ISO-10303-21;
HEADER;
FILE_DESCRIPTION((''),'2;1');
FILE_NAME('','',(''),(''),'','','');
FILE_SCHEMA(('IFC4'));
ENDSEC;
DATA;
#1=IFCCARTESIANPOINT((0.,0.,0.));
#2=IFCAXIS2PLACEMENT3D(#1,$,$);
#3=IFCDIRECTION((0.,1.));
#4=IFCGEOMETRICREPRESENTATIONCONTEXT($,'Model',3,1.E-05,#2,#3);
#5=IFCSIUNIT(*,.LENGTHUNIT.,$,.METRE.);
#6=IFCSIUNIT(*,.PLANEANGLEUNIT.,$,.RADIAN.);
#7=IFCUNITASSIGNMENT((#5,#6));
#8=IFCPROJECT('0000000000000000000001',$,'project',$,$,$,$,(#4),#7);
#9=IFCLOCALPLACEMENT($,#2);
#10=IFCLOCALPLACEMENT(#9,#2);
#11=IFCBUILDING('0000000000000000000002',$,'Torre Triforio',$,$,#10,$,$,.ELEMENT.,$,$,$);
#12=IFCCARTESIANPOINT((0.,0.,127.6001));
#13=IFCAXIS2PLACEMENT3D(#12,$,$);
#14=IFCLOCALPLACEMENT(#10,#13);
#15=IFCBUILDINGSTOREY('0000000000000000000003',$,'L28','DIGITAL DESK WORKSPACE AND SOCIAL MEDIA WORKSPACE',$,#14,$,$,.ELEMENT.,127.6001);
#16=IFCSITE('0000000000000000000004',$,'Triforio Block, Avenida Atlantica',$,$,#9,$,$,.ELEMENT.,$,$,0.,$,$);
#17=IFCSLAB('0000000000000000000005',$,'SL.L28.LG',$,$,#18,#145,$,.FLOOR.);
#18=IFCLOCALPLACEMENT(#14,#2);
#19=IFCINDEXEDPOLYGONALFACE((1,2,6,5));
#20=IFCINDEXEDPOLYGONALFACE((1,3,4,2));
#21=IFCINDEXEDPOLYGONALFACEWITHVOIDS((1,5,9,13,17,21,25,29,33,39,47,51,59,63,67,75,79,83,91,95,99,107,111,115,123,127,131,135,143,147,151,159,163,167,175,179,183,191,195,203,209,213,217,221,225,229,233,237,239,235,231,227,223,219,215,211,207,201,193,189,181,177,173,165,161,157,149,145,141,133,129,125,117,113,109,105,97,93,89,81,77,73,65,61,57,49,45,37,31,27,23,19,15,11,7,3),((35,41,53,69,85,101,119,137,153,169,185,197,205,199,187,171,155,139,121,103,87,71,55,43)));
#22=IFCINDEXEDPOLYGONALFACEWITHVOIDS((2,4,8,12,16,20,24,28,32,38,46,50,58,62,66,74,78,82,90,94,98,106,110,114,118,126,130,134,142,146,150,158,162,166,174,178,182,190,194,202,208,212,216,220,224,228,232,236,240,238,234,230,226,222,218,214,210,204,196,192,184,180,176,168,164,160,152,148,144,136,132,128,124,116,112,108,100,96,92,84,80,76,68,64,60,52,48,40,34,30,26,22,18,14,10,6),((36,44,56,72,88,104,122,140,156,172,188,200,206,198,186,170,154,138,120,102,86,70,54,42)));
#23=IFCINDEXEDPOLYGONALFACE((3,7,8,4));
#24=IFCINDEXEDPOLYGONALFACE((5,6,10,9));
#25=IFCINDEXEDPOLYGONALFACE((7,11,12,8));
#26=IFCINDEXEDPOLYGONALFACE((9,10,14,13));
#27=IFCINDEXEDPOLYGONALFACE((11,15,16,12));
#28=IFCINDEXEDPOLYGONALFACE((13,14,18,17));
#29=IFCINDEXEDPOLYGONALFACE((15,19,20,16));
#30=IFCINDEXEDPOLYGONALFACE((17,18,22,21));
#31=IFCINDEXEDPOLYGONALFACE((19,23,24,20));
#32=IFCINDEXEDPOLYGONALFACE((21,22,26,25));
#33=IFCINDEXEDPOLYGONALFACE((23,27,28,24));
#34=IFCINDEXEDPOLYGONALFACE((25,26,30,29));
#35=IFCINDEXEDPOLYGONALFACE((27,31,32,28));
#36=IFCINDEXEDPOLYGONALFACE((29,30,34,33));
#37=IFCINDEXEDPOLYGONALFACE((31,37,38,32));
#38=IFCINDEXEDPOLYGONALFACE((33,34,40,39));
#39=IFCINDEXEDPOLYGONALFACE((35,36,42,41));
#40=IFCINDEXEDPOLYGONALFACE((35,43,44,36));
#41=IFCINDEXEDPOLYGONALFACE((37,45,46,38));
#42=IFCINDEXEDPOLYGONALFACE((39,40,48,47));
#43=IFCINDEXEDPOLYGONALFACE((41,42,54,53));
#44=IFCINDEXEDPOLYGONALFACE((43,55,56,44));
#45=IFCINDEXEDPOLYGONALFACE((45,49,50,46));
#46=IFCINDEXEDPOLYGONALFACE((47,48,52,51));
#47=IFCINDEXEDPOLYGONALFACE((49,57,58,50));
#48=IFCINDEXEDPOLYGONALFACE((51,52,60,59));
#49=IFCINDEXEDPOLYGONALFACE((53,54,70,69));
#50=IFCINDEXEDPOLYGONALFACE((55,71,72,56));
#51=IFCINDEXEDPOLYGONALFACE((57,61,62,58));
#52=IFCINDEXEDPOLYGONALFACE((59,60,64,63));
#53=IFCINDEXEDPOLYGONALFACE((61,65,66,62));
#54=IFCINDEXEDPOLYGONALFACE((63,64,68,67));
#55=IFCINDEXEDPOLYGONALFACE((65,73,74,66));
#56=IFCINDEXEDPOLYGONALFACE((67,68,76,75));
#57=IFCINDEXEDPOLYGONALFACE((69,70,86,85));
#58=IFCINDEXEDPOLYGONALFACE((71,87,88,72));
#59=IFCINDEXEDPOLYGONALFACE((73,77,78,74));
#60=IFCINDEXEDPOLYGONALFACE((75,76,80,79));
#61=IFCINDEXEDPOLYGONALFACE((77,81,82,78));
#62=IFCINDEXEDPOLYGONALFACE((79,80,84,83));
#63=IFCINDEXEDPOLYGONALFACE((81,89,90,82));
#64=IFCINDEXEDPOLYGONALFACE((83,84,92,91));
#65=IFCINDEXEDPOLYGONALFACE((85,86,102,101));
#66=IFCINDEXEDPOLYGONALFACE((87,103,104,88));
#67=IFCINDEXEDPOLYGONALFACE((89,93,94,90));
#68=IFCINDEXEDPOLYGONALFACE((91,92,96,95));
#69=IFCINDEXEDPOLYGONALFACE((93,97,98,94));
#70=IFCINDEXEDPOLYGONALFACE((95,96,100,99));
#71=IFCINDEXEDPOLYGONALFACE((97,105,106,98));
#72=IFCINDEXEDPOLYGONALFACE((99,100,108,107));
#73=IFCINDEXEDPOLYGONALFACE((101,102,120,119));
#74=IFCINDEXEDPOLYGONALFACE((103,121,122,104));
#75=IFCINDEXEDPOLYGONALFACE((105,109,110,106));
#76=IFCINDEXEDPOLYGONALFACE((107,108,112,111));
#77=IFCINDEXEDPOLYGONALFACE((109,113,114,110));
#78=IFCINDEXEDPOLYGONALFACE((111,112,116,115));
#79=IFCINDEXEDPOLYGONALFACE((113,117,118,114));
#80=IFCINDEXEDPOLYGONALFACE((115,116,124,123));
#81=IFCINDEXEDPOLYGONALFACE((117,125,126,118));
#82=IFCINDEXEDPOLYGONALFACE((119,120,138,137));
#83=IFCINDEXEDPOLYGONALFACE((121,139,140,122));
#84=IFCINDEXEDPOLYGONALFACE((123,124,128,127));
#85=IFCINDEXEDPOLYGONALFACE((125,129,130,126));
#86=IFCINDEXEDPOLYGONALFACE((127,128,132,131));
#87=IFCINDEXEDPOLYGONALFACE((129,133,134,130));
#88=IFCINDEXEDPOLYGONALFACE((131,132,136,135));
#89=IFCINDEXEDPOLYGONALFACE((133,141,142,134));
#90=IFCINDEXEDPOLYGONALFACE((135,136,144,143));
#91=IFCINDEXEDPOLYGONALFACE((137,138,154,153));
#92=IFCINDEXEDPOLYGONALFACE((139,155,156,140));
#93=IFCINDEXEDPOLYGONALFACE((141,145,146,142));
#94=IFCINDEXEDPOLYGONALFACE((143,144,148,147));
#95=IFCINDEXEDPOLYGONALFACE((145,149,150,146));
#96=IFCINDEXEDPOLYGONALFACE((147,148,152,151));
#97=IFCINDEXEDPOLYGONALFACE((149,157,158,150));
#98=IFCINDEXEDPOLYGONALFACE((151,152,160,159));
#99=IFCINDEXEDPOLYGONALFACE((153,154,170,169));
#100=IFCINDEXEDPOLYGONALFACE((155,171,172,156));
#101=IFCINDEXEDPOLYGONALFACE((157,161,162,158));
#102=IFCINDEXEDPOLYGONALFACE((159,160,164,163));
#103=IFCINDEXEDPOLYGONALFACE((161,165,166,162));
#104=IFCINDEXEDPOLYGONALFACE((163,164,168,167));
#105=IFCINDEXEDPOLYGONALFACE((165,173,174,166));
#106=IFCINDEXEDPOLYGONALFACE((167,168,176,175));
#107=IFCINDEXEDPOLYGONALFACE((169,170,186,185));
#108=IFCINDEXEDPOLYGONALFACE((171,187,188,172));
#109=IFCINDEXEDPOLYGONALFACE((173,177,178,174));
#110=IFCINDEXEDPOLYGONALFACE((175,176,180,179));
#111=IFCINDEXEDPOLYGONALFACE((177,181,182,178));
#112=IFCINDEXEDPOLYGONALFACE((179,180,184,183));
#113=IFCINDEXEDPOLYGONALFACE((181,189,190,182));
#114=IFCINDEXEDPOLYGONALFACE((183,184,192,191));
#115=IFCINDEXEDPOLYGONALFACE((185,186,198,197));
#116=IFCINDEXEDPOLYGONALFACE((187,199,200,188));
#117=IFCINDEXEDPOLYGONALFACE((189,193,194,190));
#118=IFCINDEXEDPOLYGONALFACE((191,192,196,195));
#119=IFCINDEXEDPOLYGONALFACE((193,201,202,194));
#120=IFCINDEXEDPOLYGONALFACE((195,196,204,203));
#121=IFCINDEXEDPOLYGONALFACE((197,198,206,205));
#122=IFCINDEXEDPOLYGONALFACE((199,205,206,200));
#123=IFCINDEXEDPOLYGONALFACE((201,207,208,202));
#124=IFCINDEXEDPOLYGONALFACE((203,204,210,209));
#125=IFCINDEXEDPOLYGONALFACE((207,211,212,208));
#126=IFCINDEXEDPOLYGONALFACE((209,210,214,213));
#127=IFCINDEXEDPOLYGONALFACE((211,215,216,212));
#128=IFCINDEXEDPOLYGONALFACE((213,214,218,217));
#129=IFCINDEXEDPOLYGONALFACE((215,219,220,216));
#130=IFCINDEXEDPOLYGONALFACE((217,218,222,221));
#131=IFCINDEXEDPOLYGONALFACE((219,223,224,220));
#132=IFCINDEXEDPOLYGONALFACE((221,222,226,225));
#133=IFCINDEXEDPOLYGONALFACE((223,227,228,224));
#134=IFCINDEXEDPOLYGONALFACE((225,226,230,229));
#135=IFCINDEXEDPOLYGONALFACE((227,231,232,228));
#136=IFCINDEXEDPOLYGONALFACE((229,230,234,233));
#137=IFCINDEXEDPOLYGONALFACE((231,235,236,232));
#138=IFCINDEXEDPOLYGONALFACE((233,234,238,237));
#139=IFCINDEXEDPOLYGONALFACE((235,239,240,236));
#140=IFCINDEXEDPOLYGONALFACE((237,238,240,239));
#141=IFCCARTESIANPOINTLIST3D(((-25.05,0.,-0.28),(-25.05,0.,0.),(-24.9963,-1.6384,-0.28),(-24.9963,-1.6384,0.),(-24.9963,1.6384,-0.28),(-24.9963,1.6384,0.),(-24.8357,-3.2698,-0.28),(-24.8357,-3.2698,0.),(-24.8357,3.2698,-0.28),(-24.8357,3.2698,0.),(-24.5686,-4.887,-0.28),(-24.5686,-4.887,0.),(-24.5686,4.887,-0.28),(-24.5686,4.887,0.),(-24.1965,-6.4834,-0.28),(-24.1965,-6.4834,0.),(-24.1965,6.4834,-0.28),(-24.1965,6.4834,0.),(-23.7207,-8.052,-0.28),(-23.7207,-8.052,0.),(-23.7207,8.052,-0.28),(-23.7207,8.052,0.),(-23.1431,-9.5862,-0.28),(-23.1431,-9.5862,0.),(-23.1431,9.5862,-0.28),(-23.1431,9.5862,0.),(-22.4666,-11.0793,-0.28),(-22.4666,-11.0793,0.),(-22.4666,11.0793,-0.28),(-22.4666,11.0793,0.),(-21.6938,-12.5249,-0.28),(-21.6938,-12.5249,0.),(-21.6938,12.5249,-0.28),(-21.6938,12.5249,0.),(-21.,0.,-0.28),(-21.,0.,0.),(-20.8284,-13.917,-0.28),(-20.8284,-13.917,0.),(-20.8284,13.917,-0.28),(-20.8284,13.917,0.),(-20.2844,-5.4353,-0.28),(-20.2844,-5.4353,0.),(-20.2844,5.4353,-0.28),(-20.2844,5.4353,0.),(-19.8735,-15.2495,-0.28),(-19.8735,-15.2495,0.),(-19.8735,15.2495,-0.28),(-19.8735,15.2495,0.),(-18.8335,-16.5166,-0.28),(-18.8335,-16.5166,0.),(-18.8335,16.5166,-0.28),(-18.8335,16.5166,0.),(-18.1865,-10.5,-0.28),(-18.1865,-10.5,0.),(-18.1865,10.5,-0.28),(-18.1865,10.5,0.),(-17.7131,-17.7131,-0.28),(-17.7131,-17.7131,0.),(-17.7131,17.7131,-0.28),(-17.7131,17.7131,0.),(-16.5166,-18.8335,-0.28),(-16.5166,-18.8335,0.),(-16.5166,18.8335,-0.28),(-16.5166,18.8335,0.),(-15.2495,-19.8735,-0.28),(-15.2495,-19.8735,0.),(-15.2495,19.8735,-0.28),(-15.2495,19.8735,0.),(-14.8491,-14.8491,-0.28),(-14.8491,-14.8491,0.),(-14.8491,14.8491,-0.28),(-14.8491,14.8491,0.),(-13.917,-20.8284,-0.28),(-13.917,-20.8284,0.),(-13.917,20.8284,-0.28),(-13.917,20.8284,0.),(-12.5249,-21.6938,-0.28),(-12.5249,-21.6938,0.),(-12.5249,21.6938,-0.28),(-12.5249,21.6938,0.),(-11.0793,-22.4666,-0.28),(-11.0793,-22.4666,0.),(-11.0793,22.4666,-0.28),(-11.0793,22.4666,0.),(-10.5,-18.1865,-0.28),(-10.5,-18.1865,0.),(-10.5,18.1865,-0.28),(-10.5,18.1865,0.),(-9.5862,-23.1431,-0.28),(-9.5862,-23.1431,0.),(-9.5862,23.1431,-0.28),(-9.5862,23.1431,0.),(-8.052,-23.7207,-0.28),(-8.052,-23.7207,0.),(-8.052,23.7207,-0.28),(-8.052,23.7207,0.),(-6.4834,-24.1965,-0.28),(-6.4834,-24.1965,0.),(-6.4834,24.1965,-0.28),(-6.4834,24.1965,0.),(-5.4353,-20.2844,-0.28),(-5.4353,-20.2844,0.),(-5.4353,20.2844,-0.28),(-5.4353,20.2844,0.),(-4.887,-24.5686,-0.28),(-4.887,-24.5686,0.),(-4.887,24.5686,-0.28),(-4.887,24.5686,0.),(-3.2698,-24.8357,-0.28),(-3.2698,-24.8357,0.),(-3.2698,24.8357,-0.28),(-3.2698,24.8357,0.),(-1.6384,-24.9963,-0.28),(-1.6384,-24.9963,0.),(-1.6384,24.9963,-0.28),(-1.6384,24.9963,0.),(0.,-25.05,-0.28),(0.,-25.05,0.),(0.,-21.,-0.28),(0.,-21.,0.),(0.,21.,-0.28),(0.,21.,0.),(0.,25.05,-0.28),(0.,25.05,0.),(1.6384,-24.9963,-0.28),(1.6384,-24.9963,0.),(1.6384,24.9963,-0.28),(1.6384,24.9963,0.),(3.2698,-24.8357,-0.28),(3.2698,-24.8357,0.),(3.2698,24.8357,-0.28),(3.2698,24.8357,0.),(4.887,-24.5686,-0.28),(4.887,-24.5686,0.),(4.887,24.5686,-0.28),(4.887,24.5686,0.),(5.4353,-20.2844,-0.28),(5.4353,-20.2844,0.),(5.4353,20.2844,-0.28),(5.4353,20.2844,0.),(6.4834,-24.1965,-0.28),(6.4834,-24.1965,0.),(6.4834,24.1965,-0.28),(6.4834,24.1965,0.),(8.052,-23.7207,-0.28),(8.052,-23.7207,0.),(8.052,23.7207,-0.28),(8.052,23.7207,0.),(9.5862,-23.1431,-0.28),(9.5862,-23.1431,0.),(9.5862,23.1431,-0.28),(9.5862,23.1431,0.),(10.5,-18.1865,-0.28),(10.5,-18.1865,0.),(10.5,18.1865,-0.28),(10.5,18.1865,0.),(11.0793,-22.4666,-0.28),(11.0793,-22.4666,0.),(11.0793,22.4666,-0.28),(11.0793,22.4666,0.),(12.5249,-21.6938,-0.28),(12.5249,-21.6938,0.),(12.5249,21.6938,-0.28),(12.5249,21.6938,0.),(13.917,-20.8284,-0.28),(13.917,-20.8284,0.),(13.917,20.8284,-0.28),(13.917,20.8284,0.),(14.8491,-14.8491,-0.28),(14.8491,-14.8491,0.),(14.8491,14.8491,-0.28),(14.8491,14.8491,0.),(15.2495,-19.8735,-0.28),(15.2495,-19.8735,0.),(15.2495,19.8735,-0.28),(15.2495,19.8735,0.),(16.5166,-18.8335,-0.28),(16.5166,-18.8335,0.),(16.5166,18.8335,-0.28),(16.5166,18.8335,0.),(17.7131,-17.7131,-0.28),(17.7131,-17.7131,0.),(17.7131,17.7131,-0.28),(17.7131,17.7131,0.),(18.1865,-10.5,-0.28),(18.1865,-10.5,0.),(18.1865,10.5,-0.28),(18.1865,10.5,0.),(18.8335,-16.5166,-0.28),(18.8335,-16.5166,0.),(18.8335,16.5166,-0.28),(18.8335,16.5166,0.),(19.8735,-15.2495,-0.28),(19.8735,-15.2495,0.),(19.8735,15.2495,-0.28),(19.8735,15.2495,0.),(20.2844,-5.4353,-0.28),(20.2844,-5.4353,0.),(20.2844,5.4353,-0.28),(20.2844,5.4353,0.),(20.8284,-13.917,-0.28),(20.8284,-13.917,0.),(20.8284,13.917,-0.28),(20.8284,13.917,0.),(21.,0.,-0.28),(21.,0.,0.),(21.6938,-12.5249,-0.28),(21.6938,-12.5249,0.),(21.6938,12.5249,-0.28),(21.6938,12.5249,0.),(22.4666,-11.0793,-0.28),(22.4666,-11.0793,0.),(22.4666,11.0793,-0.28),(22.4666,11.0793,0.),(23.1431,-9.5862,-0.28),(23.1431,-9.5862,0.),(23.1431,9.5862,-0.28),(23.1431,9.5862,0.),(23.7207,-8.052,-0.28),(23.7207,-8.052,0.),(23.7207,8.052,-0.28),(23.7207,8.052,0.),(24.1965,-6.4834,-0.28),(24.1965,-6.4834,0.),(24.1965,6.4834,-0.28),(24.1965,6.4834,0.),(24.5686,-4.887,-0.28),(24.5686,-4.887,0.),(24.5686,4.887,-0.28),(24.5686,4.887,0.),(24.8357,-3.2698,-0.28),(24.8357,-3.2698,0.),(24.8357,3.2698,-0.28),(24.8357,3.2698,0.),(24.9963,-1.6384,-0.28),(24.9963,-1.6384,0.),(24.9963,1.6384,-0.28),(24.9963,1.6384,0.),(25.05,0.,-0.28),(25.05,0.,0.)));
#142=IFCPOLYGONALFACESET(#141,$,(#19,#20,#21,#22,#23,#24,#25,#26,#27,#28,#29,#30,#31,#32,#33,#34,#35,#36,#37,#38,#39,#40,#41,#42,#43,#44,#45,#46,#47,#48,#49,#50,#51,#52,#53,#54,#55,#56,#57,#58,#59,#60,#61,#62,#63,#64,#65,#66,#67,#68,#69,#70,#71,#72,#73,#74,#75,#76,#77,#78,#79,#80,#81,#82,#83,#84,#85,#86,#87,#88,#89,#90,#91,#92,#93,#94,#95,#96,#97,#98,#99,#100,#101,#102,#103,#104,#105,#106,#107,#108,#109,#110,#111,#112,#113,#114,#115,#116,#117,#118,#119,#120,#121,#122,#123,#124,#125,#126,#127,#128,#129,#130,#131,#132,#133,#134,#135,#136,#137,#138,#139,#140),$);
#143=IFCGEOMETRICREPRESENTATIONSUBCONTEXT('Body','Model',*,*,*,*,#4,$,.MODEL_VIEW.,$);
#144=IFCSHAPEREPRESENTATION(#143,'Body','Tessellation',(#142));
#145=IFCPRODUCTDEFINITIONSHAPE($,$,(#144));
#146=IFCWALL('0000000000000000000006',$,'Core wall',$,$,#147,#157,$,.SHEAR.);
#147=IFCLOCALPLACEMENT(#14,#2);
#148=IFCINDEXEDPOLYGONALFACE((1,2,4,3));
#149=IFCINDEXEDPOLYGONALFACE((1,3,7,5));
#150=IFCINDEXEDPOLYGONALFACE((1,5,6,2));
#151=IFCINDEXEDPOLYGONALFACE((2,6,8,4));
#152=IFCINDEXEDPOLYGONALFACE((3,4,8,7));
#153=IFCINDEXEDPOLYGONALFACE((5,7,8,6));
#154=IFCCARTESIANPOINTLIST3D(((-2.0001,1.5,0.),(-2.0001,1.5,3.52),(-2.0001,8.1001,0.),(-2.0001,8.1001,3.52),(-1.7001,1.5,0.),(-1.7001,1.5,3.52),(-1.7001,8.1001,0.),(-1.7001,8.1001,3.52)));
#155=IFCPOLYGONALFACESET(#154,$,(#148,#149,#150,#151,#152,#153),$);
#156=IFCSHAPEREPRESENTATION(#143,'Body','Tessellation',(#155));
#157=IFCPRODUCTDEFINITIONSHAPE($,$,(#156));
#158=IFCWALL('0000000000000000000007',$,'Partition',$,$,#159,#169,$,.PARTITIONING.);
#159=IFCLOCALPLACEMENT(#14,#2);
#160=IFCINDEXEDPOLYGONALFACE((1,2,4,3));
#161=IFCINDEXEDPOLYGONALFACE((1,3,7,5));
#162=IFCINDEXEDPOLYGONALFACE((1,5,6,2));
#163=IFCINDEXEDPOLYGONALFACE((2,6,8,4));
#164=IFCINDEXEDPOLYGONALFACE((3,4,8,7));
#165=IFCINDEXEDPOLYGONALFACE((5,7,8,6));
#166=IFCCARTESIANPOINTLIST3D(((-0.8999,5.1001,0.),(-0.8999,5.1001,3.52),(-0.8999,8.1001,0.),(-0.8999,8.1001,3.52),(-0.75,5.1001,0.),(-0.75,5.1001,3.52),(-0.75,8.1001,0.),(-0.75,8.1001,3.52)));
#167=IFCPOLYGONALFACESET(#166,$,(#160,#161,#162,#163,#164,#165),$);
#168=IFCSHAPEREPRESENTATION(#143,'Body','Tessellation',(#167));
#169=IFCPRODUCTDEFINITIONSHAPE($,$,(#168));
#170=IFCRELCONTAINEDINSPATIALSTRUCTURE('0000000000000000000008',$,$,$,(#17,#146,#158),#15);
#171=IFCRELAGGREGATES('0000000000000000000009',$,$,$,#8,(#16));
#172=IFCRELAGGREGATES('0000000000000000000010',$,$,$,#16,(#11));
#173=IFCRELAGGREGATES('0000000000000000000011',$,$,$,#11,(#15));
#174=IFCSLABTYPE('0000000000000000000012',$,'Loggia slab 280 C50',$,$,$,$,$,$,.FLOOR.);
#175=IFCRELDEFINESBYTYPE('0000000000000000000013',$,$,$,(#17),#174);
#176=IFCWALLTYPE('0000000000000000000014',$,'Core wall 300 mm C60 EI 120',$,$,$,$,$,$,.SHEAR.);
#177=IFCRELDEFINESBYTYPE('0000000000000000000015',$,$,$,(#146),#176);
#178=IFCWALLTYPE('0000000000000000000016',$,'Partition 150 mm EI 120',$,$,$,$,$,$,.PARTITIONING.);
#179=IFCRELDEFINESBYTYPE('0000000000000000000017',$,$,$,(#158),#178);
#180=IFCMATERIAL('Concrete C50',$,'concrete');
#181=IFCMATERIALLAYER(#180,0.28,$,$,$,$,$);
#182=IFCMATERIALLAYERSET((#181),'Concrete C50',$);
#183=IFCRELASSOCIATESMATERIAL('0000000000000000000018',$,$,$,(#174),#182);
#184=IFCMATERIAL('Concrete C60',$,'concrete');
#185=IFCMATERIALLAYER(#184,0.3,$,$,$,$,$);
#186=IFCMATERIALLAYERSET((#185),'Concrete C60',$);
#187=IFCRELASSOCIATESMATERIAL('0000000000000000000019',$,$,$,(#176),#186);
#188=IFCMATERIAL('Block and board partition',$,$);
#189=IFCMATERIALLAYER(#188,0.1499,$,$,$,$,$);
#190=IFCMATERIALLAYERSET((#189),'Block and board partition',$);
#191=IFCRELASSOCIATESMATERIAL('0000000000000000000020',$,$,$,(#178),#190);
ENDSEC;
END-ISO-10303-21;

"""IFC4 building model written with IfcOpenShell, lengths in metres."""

from ifc_helpers import new_model, si_unit, direction, frame, frame_2d, origin, place, context, subcontext, project, spatial, polyline, rectangle, outline, extrude, material, layer, layer_set, type_object, element, save


model = new_model("IFC4")

# Units and contexts
model_context = context("Model", 3, precision=1e-05, world=origin(), true_north=direction((0.0, 1.0)))
body_context = subcontext(model_context, "Body", "Model", "MODEL_VIEW")
ifc_project = project(units=[si_unit("LENGTHUNIT", "METRE"), si_unit("PLANEANGLEUNIT", "RADIAN")], contexts=[model_context])

# Site, building, storey
site_placement = place(None, origin())
site = spatial("IfcSite", under=ifc_project, at=site_placement, Name="Triforio Block, Avenida Atlantica", CompositionType="ELEMENT", RefElevation=0.0)
building_placement = place(site_placement, origin())
building = spatial("IfcBuilding", under=site, at=building_placement, Name="Torre Triforio", CompositionType="ELEMENT")
storey_placement = place(building_placement, frame((0.0, 0.0, 127.6001)))
storey = spatial("IfcBuildingStorey", under=building, at=storey_placement, Name="L28", Description="DIGITAL DESK WORKSPACE AND SOCIAL MEDIA WORKSPACE", CompositionType="ELEMENT", Elevation=127.6001)

# Slab
ifc_material_1 = material(Name="Concrete C50", Category="concrete")
ifc_layer_1 = layer(ifc_material_1, 0.28)
ifc_layer_set_1 = layer_set([ifc_layer_1], Name="Concrete C50")
slab_type_1 = type_object("IfcSlabType", Name="Loggia slab 280 C50", PredefinedType="FLOOR", material=ifc_layer_set_1)
slab_1_placement = place(storey_placement, frame((0.0, 0.0, -0.28)))
element("IfcSlab", 1, at=slab_1_placement, inside=storey, type_object=slab_type_1, Name="SL.L28.LG", PredefinedType="FLOOR", context=body_context, shape_type="SweptSolid", body=[
    extrude(outline(polyline([(24.9963, -1.6384), (25.05, 0.0), (24.9963, 1.6384), (24.8357, 3.2698), (24.5686, 4.887), (24.1965, 6.4834), (23.7207, 8.052), (23.1431, 9.5862), (22.4666, 11.0793), (21.6938, 12.5249), (20.8284, 13.917), (19.8735, 15.2495), (18.8335, 16.5166), (17.7131, 17.7131), (16.5166, 18.8335), (15.2495, 19.8735), (13.917, 20.8284), (12.5249, 21.6938), (11.0793, 22.4666), (9.5862, 23.1431), (8.052, 23.7207), (6.4834, 24.1965), (4.887, 24.5686), (3.2698, 24.8357), (1.6384, 24.9963), (0.0, 25.05), (-1.6384, 24.9963), (-3.2698, 24.8357), (-4.887, 24.5686), (-6.4834, 24.1965), (-8.052, 23.7207), (-9.5862, 23.1431), (-11.0793, 22.4666), (-12.5249, 21.6938), (-13.917, 20.8284), (-15.2495, 19.8735), (-16.5166, 18.8335), (-17.7131, 17.7131), (-18.8335, 16.5166), (-19.8735, 15.2495), (-20.8284, 13.917), (-21.6938, 12.5249), (-22.4666, 11.0793), (-23.1431, 9.5862), (-23.7207, 8.052), (-24.1965, 6.4834), (-24.5686, 4.887), (-24.8357, 3.2698), (-24.9963, 1.6384), (-25.05, 0.0), (-24.9963, -1.6384), (-24.8357, -3.2698), (-24.5686, -4.887), (-24.1965, -6.4834), (-23.7207, -8.052), (-23.1431, -9.5862), (-22.4666, -11.0793), (-21.6938, -12.5249), (-20.8284, -13.917), (-19.8735, -15.2495), (-18.8335, -16.5166), (-17.7131, -17.7131), (-16.5166, -18.8335), (-15.2495, -19.8735), (-13.917, -20.8284), (-12.5249, -21.6938), (-11.0793, -22.4666), (-9.5862, -23.1431), (-8.052, -23.7207), (-6.4834, -24.1965), (-4.887, -24.5686), (-3.2698, -24.8357), (-1.6384, -24.9963), (0.0, -25.05), (1.6384, -24.9963), (3.2698, -24.8357), (4.887, -24.5686), (6.4834, -24.1965), (8.052, -23.7207), (9.5862, -23.1431), (11.0793, -22.4666), (12.5249, -21.6938), (13.917, -20.8284), (15.2495, -19.8735), (16.5166, -18.8335), (17.7131, -17.7131), (18.8335, -16.5166), (19.8735, -15.2495), (20.8284, -13.917), (21.6938, -12.5249), (22.4666, -11.0793), (23.1431, -9.5862), (23.7207, -8.052), (24.1965, -6.4834), (24.5686, -4.887), (24.8357, -3.2698), (24.9963, -1.6384)]), holes=[polyline([(20.2844, 5.4353), (21.0, 0.0), (20.2844, -5.4353), (18.1865, -10.5), (14.8491, -14.8491), (10.5, -18.1865), (5.4353, -20.2844), (0.0, -21.0), (-5.4353, -20.2844), (-10.5, -18.1865), (-14.8491, -14.8491), (-18.1865, -10.5), (-20.2844, -5.4353), (-21.0, 0.0), (-20.2844, 5.4353), (-18.1865, 10.5), (-14.8491, 14.8491), (-10.5, 18.1865), (-5.4353, 20.2844), (0.0, 21.0), (5.4353, 20.2844), (10.5, 18.1865), (14.8491, 14.8491), (18.1865, 10.5), (20.2844, 5.4353)])]), origin(), (0.0, 0.0, 1.0), 0.28),
])

# Walls
ifc_material_2 = material(Name="Concrete C60", Category="concrete")
ifc_layer_2 = layer(ifc_material_2, 0.3)
ifc_layer_set_2 = layer_set([ifc_layer_2], Name="Concrete C60")
wall_type_1 = type_object("IfcWallType", Name="Core wall 300 mm C60 EI 120", PredefinedType="SHEAR", material=ifc_layer_set_2)
wall_1_placement = place(storey_placement, frame((-1.8501, 1.5, 0.0), z_axis=(0.0, 0.0, 1.0), x_axis=(0.0, 1.0, 0.0)))
element("IfcWall", 2, at=wall_1_placement, inside=storey, type_object=wall_type_1, Name="Core wall", PredefinedType="SHEAR", context=body_context, shape_type="SweptSolid", body=[
    extrude(rectangle(XDim=6.6001, YDim=0.3, at=frame_2d((3.3, 0.0))), origin(), (0.0, 0.0, 1.0), 3.52),
])
ifc_material_3 = material(Name="Block and board partition")
ifc_layer_3 = layer(ifc_material_3, 0.1499)
ifc_layer_set_3 = layer_set([ifc_layer_3], Name="Block and board partition")
wall_type_2 = type_object("IfcWallType", Name="Partition 150 mm EI 120", PredefinedType="PARTITIONING", material=ifc_layer_set_3)
wall_2_placement = place(storey_placement, frame((-0.825, 5.1001, 0.0), z_axis=(0.0, 0.0, 1.0), x_axis=(0.0, 1.0, 0.0)))
element("IfcWall", 3, at=wall_2_placement, inside=storey, type_object=wall_type_2, Name="Partition", PredefinedType="PARTITIONING", context=body_context, shape_type="SweptSolid", body=[
    extrude(rectangle(XDim=3.0, YDim=0.1499, at=frame_2d((1.5, 0.0))), origin(), (0.0, 0.0, 1.0), 3.52),
])

save(model, "model.ifc")
